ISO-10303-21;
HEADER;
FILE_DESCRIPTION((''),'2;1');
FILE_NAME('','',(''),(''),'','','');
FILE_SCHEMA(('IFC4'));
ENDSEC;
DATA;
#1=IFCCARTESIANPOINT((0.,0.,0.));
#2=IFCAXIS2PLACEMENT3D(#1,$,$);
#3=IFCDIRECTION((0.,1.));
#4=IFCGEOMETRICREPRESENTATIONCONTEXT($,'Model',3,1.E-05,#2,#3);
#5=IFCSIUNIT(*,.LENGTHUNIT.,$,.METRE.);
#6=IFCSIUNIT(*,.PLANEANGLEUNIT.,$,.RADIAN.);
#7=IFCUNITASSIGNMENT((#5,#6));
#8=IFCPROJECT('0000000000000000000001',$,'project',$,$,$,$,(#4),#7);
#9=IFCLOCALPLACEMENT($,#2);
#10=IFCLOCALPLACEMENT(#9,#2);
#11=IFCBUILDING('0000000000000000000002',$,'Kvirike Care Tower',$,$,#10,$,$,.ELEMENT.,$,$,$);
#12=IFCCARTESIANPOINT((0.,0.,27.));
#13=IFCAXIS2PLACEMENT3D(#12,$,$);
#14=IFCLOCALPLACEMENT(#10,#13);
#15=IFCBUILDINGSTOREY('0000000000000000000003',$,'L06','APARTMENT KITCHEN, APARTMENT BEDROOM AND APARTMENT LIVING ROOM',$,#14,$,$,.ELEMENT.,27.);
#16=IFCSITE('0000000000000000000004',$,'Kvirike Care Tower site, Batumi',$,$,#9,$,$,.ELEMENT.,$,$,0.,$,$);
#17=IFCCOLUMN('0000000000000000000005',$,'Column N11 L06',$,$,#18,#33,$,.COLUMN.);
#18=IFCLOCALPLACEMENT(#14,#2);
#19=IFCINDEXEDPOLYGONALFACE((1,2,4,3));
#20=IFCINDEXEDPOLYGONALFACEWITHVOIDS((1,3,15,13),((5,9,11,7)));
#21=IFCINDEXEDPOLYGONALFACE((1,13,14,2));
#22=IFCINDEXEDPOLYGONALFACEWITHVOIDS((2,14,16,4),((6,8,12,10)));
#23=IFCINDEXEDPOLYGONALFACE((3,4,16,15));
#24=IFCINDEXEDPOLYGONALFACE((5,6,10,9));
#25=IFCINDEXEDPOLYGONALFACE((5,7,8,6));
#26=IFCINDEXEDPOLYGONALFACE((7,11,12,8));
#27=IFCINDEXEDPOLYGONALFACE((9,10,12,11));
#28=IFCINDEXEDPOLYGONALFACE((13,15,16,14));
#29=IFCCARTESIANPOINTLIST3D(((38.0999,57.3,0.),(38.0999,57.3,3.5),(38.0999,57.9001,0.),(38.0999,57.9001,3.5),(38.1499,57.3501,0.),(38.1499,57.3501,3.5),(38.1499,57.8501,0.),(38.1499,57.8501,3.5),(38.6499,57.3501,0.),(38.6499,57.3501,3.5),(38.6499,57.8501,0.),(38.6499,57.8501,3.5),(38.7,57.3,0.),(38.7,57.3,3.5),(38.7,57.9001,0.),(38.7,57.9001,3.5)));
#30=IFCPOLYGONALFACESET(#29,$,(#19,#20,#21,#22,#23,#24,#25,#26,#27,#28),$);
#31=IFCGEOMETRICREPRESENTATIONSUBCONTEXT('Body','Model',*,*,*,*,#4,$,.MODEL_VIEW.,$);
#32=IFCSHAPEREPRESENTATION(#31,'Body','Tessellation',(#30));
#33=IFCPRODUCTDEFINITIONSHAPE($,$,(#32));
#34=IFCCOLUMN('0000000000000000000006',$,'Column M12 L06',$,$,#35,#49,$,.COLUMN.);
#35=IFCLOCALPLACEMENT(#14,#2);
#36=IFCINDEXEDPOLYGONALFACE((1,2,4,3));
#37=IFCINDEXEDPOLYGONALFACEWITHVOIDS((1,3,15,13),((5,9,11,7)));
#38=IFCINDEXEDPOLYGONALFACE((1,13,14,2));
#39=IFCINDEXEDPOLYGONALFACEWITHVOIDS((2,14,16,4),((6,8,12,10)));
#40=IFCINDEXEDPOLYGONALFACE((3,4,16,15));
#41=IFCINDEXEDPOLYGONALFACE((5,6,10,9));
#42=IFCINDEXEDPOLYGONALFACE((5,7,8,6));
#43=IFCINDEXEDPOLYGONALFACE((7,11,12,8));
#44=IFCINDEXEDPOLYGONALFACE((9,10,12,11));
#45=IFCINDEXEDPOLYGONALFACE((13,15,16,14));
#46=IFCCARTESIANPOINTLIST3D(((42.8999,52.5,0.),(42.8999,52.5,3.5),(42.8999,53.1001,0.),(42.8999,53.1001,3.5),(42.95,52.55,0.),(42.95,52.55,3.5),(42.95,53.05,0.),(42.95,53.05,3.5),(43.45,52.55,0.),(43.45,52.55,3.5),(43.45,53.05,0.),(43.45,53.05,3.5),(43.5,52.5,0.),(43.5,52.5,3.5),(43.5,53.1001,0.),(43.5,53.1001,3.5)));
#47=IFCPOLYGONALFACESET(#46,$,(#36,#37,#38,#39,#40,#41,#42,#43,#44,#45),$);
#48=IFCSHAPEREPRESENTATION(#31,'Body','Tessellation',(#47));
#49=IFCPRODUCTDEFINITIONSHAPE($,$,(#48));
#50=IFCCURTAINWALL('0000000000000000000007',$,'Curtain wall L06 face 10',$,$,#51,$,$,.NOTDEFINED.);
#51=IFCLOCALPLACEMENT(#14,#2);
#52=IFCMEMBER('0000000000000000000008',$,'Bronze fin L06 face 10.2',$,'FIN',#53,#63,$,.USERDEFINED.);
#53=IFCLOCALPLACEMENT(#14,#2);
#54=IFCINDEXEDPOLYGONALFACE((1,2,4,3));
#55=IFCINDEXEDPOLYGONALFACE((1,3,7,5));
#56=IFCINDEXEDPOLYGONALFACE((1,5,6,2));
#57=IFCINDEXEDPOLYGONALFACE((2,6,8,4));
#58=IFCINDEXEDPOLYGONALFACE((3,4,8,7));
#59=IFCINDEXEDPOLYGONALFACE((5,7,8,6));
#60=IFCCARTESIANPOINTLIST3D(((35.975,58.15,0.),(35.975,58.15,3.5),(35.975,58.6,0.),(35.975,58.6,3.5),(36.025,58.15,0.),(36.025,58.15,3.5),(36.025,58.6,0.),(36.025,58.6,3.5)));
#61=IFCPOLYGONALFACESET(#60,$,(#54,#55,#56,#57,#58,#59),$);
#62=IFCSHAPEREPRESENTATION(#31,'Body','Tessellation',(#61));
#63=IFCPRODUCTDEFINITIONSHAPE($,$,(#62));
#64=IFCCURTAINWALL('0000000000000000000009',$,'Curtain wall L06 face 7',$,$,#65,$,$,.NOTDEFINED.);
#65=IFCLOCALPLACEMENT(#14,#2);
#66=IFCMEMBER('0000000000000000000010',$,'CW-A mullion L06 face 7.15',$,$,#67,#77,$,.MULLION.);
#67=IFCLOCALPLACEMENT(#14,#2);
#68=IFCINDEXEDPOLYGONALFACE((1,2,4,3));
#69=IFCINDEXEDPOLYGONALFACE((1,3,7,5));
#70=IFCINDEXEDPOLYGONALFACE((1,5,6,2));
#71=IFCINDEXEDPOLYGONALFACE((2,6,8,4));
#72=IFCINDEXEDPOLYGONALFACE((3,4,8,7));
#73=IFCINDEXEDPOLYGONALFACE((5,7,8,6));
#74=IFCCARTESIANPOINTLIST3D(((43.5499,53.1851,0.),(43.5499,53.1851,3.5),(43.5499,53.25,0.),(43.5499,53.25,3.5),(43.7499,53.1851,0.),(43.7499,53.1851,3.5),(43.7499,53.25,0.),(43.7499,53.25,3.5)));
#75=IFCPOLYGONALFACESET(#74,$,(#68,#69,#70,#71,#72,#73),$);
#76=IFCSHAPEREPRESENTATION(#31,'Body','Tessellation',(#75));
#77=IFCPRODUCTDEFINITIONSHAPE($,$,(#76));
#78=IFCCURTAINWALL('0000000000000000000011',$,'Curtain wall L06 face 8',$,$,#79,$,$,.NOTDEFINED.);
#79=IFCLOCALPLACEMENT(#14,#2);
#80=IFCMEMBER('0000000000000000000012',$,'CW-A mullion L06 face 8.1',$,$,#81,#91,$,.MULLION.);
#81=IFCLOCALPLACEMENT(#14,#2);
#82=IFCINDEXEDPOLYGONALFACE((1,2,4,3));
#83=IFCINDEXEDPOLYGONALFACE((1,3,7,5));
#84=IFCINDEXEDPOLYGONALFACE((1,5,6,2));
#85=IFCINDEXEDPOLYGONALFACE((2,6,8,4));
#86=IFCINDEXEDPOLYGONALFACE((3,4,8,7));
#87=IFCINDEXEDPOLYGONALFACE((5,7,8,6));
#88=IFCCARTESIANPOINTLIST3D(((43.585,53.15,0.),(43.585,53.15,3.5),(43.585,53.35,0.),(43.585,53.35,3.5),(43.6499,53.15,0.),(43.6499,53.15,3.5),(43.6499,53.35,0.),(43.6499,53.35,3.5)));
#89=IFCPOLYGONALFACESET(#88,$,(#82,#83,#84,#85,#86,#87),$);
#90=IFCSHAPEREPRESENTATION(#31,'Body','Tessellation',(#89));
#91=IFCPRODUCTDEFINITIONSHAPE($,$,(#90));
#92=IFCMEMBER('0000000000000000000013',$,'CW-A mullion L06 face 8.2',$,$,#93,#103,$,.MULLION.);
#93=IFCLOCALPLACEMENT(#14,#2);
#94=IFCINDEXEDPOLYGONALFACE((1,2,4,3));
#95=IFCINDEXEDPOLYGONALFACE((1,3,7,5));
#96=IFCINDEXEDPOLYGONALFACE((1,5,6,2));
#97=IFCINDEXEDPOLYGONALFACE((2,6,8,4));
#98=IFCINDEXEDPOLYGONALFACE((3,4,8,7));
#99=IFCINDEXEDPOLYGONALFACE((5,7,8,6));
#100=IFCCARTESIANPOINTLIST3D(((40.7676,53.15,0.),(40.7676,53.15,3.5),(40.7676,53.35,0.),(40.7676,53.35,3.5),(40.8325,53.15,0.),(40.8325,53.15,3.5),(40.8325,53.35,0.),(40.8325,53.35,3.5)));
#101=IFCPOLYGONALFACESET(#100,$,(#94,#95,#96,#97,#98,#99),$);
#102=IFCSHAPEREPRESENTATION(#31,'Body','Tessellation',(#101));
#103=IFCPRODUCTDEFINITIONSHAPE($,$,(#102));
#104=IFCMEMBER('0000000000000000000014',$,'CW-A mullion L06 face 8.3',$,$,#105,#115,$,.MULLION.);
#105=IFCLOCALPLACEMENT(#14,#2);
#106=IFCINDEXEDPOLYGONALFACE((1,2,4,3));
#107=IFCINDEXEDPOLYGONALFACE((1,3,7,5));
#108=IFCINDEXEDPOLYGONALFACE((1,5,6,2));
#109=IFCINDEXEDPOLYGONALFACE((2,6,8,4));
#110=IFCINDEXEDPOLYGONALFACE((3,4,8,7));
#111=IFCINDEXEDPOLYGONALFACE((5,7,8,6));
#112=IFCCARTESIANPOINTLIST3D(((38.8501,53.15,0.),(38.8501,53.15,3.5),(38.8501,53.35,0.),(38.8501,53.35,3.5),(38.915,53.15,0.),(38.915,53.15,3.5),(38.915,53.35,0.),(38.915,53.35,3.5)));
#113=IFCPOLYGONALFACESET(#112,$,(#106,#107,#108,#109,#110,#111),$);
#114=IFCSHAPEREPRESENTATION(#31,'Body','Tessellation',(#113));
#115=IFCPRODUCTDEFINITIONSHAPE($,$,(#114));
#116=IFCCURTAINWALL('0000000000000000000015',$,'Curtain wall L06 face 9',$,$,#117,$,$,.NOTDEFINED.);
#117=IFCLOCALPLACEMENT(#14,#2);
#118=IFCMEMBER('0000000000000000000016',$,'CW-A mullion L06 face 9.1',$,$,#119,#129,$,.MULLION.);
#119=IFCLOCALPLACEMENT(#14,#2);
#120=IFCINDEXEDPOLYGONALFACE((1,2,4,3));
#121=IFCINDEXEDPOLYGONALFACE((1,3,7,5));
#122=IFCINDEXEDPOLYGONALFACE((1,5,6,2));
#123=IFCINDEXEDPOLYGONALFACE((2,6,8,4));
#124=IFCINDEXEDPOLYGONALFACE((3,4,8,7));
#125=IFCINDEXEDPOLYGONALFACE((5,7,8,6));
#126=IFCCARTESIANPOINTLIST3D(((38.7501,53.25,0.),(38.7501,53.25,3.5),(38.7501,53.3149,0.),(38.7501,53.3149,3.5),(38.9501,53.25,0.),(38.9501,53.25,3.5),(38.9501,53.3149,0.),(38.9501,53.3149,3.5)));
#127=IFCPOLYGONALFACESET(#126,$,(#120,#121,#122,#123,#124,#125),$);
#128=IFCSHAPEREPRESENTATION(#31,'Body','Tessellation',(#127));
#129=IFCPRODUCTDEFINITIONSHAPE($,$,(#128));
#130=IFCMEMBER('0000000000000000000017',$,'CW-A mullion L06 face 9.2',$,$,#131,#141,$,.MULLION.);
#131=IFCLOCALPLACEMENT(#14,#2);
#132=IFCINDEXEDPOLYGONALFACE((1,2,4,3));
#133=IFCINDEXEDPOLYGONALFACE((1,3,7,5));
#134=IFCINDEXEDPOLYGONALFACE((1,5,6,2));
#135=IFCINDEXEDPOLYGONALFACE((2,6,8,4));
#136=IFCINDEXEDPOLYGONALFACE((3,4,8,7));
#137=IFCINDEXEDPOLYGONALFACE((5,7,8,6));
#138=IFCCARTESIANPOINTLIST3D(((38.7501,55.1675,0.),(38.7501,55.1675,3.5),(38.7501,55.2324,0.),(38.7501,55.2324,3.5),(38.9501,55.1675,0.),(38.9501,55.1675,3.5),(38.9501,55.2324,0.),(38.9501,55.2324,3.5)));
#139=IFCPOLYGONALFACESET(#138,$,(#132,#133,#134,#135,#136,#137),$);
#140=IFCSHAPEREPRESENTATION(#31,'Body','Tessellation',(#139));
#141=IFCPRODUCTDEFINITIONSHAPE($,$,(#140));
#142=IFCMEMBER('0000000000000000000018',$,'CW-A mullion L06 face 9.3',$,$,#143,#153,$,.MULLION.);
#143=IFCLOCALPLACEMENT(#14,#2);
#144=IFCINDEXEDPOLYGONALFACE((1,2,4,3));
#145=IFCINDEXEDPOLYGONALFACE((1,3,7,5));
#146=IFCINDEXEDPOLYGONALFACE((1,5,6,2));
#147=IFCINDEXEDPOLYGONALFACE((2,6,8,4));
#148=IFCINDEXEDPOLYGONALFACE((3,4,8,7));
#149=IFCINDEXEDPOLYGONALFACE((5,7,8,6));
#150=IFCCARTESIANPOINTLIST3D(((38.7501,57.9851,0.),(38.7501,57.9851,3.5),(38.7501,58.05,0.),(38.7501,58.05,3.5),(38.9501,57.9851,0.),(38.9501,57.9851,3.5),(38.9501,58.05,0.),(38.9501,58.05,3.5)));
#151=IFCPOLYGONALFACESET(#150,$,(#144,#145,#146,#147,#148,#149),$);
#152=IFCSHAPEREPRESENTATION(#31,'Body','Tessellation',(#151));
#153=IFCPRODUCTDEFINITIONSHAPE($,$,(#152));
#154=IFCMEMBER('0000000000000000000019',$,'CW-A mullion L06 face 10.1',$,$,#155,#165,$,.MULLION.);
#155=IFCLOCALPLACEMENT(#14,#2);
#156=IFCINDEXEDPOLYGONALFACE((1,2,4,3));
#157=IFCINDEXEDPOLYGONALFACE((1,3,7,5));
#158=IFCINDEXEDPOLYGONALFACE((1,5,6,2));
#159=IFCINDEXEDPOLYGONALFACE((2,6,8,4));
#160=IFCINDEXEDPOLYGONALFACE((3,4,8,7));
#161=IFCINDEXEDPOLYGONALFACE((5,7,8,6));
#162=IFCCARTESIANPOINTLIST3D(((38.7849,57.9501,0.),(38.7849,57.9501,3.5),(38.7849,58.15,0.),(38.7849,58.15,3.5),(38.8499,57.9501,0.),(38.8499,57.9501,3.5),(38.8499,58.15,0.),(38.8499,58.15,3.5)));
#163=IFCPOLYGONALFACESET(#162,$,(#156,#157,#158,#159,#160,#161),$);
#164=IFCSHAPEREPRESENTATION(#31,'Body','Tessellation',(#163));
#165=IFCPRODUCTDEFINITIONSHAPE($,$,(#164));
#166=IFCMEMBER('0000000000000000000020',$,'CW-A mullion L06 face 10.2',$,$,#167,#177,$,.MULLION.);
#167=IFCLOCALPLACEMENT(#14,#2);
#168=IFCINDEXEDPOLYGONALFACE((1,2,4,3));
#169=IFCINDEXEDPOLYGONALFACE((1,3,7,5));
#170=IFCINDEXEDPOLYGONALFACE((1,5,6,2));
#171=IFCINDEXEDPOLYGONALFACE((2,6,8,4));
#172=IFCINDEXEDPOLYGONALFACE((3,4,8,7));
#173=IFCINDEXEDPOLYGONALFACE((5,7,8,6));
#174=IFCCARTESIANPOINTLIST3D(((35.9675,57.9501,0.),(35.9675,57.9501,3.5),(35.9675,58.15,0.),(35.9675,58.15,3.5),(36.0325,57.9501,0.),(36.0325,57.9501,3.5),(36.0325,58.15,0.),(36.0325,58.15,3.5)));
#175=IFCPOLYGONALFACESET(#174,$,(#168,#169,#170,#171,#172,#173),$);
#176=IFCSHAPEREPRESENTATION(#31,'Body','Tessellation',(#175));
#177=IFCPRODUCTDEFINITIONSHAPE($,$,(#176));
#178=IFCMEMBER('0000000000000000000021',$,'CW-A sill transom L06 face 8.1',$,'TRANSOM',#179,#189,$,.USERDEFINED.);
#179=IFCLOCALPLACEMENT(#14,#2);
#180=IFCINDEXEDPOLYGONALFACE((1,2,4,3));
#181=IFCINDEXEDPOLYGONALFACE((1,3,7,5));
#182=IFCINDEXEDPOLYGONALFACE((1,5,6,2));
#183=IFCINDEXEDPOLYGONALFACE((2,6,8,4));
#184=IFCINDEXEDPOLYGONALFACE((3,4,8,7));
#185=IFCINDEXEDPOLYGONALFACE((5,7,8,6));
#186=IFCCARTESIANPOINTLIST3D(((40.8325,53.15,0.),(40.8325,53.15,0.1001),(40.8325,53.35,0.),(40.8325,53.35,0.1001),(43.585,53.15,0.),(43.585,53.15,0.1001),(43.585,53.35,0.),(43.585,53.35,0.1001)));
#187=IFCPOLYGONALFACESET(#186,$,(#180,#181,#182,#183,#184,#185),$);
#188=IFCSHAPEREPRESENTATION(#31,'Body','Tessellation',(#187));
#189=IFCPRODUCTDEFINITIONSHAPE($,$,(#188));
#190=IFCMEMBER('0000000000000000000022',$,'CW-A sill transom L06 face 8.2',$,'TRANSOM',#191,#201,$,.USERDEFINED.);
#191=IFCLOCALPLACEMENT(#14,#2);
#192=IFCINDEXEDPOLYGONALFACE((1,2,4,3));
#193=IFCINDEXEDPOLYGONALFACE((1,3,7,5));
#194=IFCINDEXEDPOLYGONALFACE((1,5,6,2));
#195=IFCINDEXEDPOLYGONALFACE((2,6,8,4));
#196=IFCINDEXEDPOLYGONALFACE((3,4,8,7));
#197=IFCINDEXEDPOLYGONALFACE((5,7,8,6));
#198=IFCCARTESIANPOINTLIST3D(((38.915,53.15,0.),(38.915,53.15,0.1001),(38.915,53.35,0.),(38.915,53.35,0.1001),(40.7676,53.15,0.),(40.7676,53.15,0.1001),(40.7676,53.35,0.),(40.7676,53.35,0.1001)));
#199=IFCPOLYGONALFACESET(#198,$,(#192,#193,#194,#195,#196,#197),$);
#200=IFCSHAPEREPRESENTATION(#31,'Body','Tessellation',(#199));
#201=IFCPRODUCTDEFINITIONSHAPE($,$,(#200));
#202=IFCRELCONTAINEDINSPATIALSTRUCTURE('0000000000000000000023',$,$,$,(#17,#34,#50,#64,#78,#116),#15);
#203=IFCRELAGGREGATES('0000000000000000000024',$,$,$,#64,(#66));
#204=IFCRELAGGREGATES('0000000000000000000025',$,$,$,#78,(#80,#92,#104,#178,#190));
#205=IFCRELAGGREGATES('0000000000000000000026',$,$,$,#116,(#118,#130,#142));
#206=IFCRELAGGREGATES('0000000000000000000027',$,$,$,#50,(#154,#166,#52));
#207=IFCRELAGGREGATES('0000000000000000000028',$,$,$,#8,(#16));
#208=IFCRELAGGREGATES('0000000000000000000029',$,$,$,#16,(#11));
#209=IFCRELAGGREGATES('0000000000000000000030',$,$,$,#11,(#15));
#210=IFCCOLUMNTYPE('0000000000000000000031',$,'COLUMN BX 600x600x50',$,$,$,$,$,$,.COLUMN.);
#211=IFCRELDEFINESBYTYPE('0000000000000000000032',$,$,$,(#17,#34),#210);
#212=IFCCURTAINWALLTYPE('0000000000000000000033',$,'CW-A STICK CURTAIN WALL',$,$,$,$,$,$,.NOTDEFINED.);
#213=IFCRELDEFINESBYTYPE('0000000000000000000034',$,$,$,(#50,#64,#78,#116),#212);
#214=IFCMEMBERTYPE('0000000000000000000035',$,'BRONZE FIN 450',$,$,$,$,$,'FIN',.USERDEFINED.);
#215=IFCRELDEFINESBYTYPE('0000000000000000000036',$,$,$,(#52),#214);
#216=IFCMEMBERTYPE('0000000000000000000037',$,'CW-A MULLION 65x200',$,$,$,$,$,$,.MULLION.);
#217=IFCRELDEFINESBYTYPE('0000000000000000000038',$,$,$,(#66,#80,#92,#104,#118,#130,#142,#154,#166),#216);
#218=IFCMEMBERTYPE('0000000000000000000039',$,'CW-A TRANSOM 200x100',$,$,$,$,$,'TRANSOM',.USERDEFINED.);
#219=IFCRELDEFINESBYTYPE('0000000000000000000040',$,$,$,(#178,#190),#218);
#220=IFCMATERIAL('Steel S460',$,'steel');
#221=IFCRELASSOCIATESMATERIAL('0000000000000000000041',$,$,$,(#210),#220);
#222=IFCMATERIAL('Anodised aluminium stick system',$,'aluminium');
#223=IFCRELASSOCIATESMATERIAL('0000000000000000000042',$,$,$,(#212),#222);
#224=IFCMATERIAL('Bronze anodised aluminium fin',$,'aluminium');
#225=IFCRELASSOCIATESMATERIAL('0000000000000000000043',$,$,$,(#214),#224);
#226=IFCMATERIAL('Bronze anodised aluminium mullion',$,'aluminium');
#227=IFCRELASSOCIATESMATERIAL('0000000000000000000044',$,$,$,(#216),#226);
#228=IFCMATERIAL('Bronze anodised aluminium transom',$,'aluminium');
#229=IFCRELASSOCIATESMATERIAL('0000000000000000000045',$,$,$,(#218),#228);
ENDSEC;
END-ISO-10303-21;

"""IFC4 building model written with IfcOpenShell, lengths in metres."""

from ifc_helpers import new_model, si_unit, direction, frame, origin, origin_2d, place, context, subcontext, project, spatial, rectangle, hollow_rectangle, extrude, material, material_profile, profile_set, type_object, element, aggregate, save


model = new_model("IFC4")

# Units and contexts
model_context = context("Model", 3, precision=1e-05, world=origin(), true_north=direction((0.0, 1.0)))
body_context = subcontext(model_context, "Body", "Model", "MODEL_VIEW")
ifc_project = project(units=[si_unit("LENGTHUNIT", "METRE"), si_unit("PLANEANGLEUNIT", "RADIAN")], contexts=[model_context])

# Site, building, storey
site_placement = place(None, origin())
site = spatial("IfcSite", under=ifc_project, at=site_placement, Name="Kvirike Care Tower site, Batumi", CompositionType="ELEMENT", RefElevation=0.0)
building_placement = place(site_placement, origin())
building = spatial("IfcBuilding", under=site, at=building_placement, Name="Kvirike Care Tower", CompositionType="ELEMENT")
storey_placement = place(building_placement, frame((0.0, 0.0, 27.0)))
storey = spatial("IfcBuildingStorey", under=building, at=storey_placement, Name="L06", Description="APARTMENT KITCHEN, APARTMENT BEDROOM AND APARTMENT LIVING ROOM", CompositionType="ELEMENT", Elevation=27.0)

# Columns
ifc_material_1 = material(Name="Steel S460", Category="steel")
ifc_material_profile_1 = material_profile(ifc_material_1, hollow_rectangle(XDim=0.6001, YDim=0.6001, WallThickness=0.05, at=origin_2d()), Name="BX 600x600x50")
ifc_profile_set_1 = profile_set([ifc_material_profile_1], Name="Steel S460")
column_type = type_object("IfcColumnType", Name="COLUMN BX 600x600x50", PredefinedType="COLUMN", material=ifc_profile_set_1)
for number, where, z_axis, x_axis, name in (
    (1, (38.3999, 57.6001, 0.0), (0.0, 0.0, 1.0), (0.0, 1.0, 0.0), "Column N11 L06"),
    (2, (43.2, 52.8, 0.0), (0.0, 0.0, 1.0), (0.0, 1.0, 0.0), "Column M12 L06"),
):
    element("IfcColumn", number, at=place(storey_placement, frame(where, z_axis=z_axis, x_axis=x_axis)), inside=storey, type_object=column_type, Name=name, PredefinedType="COLUMN", context=body_context, shape_type="SweptSolid", body=[
        extrude(hollow_rectangle(XDim=0.6001, YDim=0.6001, WallThickness=0.05, at=origin_2d()), origin(), (0.0, 0.0, 1.0), 3.5),
    ])

# Curtain walls, members
ifc_material_2 = material(Name="Anodised aluminium stick system", Category="aluminium")
curtain_wall_type = type_object("IfcCurtainWallType", Name="CW-A STICK CURTAIN WALL", PredefinedType="NOTDEFINED", material=ifc_material_2)
curtain_wall_1_placement = place(storey_placement, origin())
curtain_wall_1 = element("IfcCurtainWall", 3, at=curtain_wall_1_placement, inside=storey, type_object=curtain_wall_type, Name="Curtain wall L06 face 10", PredefinedType="NOTDEFINED")
ifc_material_3 = material(Name="Bronze anodised aluminium fin", Category="aluminium")
ifc_material_profile_2 = material_profile(ifc_material_3, rectangle(XDim=0.05, YDim=0.45, at=origin_2d()), Name="BRONZE FIN 450")
ifc_profile_set_2 = profile_set([ifc_material_profile_2], Name="Bronze anodised aluminium fin")
member_type_1 = type_object("IfcMemberType", Name="BRONZE FIN 450", ElementType="FIN", PredefinedType="USERDEFINED", material=ifc_profile_set_2)
member_1_placement = place(storey_placement, frame((36.0, 58.375, 0.0), z_axis=(0.0, 0.0, 1.0), x_axis=(-1.0, 0.0, 0.0)))
member_1 = element("IfcMember", 4, at=member_1_placement, type_object=member_type_1, Name="Bronze fin L06 face 10.2", ObjectType="FIN", PredefinedType="USERDEFINED", context=body_context, shape_type="SweptSolid", body=[
    extrude(rectangle(XDim=0.05, YDim=0.45, at=origin_2d()), origin(), (0.0, 0.0, 1.0), 3.5),
])
curtain_wall_2_placement = place(storey_placement, origin())
curtain_wall_2 = element("IfcCurtainWall", 5, at=curtain_wall_2_placement, inside=storey, type_object=curtain_wall_type, Name="Curtain wall L06 face 7", PredefinedType="NOTDEFINED")
ifc_material_4 = material(Name="Bronze anodised aluminium mullion", Category="aluminium")
ifc_material_profile_3 = material_profile(ifc_material_4, rectangle(XDim=0.0649, YDim=0.2, at=origin_2d()), Name="CW-A MULLION 65x200")
ifc_profile_set_3 = profile_set([ifc_material_profile_3], Name="Bronze anodised aluminium mullion")
member_type_2 = type_object("IfcMemberType", Name="CW-A MULLION 65x200", PredefinedType="MULLION", material=ifc_profile_set_3)
member_2_placement = place(storey_placement, frame((43.6499, 53.2175, 0.0), z_axis=(0.0, 0.0, 1.0), x_axis=(0.0, 1.0, 0.0)))
member_2 = element("IfcMember", 6, at=member_2_placement, type_object=member_type_2, Name="CW-A mullion L06 face 7.15", PredefinedType="MULLION", context=body_context, shape_type="SweptSolid", body=[
    extrude(rectangle(XDim=0.0649, YDim=0.2, at=origin_2d()), origin(), (0.0, 0.0, 1.0), 3.5),
])
aggregate(curtain_wall_2, [member_2])

# Curtain walls, members
curtain_wall_3_placement = place(storey_placement, origin())
curtain_wall_3 = element("IfcCurtainWall", 7, at=curtain_wall_3_placement, inside=storey, type_object=curtain_wall_type, Name="Curtain wall L06 face 8", PredefinedType="NOTDEFINED")
member_3_placement = place(storey_placement, frame((43.6174, 53.25, 0.0), z_axis=(0.0, 0.0, 1.0), x_axis=(-1.0, 0.0, 0.0)))
member_3 = element("IfcMember", 8, at=member_3_placement, type_object=member_type_2, Name="CW-A mullion L06 face 8.1", PredefinedType="MULLION", context=body_context, shape_type="SweptSolid", body=[
    extrude(rectangle(XDim=0.0649, YDim=0.2, at=origin_2d()), origin(), (0.0, 0.0, 1.0), 3.5),
])
member_4_placement = place(storey_placement, frame((40.8, 53.25, 0.0), z_axis=(0.0, 0.0, 1.0), x_axis=(-1.0, 0.0, 0.0)))
member_4 = element("IfcMember", 9, at=member_4_placement, type_object=member_type_2, Name="CW-A mullion L06 face 8.2", PredefinedType="MULLION", context=body_context, shape_type="SweptSolid", body=[
    extrude(rectangle(XDim=0.0649, YDim=0.2, at=origin_2d()), origin(), (0.0, 0.0, 1.0), 3.5),
])
member_5_placement = place(storey_placement, frame((38.8826, 53.25, 0.0), z_axis=(0.0, 0.0, 1.0), x_axis=(-1.0, 0.0, 0.0)))
member_5 = element("IfcMember", 10, at=member_5_placement, type_object=member_type_2, Name="CW-A mullion L06 face 8.3", PredefinedType="MULLION", context=body_context, shape_type="SweptSolid", body=[
    extrude(rectangle(XDim=0.0649, YDim=0.2, at=origin_2d()), origin(), (0.0, 0.0, 1.0), 3.5),
])
curtain_wall_4_placement = place(storey_placement, origin())
curtain_wall_4 = element("IfcCurtainWall", 11, at=curtain_wall_4_placement, inside=storey, type_object=curtain_wall_type, Name="Curtain wall L06 face 9", PredefinedType="NOTDEFINED")
member_6_placement = place(storey_placement, frame((38.8501, 53.2825, 0.0), z_axis=(0.0, 0.0, 1.0), x_axis=(0.0, 1.0, 0.0)))
member_6 = element("IfcMember", 12, at=member_6_placement, type_object=member_type_2, Name="CW-A mullion L06 face 9.1", PredefinedType="MULLION", context=body_context, shape_type="SweptSolid", body=[
    extrude(rectangle(XDim=0.0649, YDim=0.2, at=origin_2d()), origin(), (0.0, 0.0, 1.0), 3.5),
])
member_7_placement = place(storey_placement, frame((38.8501, 55.2, 0.0), z_axis=(0.0, 0.0, 1.0), x_axis=(0.0, 1.0, 0.0)))
member_7 = element("IfcMember", 13, at=member_7_placement, type_object=member_type_2, Name="CW-A mullion L06 face 9.2", PredefinedType="MULLION", context=body_context, shape_type="SweptSolid", body=[
    extrude(rectangle(XDim=0.0649, YDim=0.2, at=origin_2d()), origin(), (0.0, 0.0, 1.0), 3.5),
])
member_8_placement = place(storey_placement, frame((38.8501, 58.0176, 0.0), z_axis=(0.0, 0.0, 1.0), x_axis=(0.0, 1.0, 0.0)))
member_8 = element("IfcMember", 14, at=member_8_placement, type_object=member_type_2, Name="CW-A mullion L06 face 9.3", PredefinedType="MULLION", context=body_context, shape_type="SweptSolid", body=[
    extrude(rectangle(XDim=0.0649, YDim=0.2, at=origin_2d()), origin(), (0.0, 0.0, 1.0), 3.5),
])

# Members
member_9_placement = place(storey_placement, frame((38.8174, 58.05, 0.0), z_axis=(0.0, 0.0, 1.0), x_axis=(-1.0, 0.0, 0.0)))
member_9 = element("IfcMember", 15, at=member_9_placement, type_object=member_type_2, Name="CW-A mullion L06 face 10.1", PredefinedType="MULLION", context=body_context, shape_type="SweptSolid", body=[
    extrude(rectangle(XDim=0.0649, YDim=0.2, at=origin_2d()), origin(), (0.0, 0.0, 1.0), 3.5),
])
member_10_placement = place(storey_placement, frame((36.0, 58.05, 0.0), z_axis=(0.0, 0.0, 1.0), x_axis=(-1.0, 0.0, 0.0)))
member_10 = element("IfcMember", 16, at=member_10_placement, type_object=member_type_2, Name="CW-A mullion L06 face 10.2", PredefinedType="MULLION", context=body_context, shape_type="SweptSolid", body=[
    extrude(rectangle(XDim=0.0649, YDim=0.2, at=origin_2d()), origin(), (0.0, 0.0, 1.0), 3.5),
])
ifc_material_5 = material(Name="Bronze anodised aluminium transom", Category="aluminium")
ifc_material_profile_4 = material_profile(ifc_material_5, rectangle(XDim=0.2, YDim=0.1001, at=origin_2d()), Name="CW-A TRANSOM 200x100")
ifc_profile_set_4 = profile_set([ifc_material_profile_4], Name="Bronze anodised aluminium transom")
member_type_3 = type_object("IfcMemberType", Name="CW-A TRANSOM 200x100", ElementType="TRANSOM", PredefinedType="USERDEFINED", material=ifc_profile_set_4)
member_11_placement = place(storey_placement, frame((43.585, 53.25, 0.05), z_axis=(-1.0, 0.0, 0.0), x_axis=(0.0, -1.0, 0.0)))
member_11 = element("IfcMember", 17, at=member_11_placement, type_object=member_type_3, Name="CW-A sill transom L06 face 8.1", ObjectType="TRANSOM", PredefinedType="USERDEFINED", context=body_context, shape_type="SweptSolid", body=[
    extrude(rectangle(XDim=0.2, YDim=0.1001, at=origin_2d()), origin(), (0.0, 0.0, 1.0), 2.7524),
])
member_12_placement = place(storey_placement, frame((40.7676, 53.25, 0.05), z_axis=(-1.0, 0.0, 0.0), x_axis=(0.0, -1.0, 0.0)))
member_12 = element("IfcMember", 18, at=member_12_placement, type_object=member_type_3, Name="CW-A sill transom L06 face 8.2", ObjectType="TRANSOM", PredefinedType="USERDEFINED", context=body_context, shape_type="SweptSolid", body=[
    extrude(rectangle(XDim=0.2, YDim=0.1001, at=origin_2d()), origin(), (0.0, 0.0, 1.0), 1.8525),
])

aggregate(curtain_wall_3, [member_3, member_4, member_5, member_11, member_12])
aggregate(curtain_wall_4, [member_6, member_7, member_8])
aggregate(curtain_wall_1, [member_9, member_10, member_1])

save(model, "model.ifc")
